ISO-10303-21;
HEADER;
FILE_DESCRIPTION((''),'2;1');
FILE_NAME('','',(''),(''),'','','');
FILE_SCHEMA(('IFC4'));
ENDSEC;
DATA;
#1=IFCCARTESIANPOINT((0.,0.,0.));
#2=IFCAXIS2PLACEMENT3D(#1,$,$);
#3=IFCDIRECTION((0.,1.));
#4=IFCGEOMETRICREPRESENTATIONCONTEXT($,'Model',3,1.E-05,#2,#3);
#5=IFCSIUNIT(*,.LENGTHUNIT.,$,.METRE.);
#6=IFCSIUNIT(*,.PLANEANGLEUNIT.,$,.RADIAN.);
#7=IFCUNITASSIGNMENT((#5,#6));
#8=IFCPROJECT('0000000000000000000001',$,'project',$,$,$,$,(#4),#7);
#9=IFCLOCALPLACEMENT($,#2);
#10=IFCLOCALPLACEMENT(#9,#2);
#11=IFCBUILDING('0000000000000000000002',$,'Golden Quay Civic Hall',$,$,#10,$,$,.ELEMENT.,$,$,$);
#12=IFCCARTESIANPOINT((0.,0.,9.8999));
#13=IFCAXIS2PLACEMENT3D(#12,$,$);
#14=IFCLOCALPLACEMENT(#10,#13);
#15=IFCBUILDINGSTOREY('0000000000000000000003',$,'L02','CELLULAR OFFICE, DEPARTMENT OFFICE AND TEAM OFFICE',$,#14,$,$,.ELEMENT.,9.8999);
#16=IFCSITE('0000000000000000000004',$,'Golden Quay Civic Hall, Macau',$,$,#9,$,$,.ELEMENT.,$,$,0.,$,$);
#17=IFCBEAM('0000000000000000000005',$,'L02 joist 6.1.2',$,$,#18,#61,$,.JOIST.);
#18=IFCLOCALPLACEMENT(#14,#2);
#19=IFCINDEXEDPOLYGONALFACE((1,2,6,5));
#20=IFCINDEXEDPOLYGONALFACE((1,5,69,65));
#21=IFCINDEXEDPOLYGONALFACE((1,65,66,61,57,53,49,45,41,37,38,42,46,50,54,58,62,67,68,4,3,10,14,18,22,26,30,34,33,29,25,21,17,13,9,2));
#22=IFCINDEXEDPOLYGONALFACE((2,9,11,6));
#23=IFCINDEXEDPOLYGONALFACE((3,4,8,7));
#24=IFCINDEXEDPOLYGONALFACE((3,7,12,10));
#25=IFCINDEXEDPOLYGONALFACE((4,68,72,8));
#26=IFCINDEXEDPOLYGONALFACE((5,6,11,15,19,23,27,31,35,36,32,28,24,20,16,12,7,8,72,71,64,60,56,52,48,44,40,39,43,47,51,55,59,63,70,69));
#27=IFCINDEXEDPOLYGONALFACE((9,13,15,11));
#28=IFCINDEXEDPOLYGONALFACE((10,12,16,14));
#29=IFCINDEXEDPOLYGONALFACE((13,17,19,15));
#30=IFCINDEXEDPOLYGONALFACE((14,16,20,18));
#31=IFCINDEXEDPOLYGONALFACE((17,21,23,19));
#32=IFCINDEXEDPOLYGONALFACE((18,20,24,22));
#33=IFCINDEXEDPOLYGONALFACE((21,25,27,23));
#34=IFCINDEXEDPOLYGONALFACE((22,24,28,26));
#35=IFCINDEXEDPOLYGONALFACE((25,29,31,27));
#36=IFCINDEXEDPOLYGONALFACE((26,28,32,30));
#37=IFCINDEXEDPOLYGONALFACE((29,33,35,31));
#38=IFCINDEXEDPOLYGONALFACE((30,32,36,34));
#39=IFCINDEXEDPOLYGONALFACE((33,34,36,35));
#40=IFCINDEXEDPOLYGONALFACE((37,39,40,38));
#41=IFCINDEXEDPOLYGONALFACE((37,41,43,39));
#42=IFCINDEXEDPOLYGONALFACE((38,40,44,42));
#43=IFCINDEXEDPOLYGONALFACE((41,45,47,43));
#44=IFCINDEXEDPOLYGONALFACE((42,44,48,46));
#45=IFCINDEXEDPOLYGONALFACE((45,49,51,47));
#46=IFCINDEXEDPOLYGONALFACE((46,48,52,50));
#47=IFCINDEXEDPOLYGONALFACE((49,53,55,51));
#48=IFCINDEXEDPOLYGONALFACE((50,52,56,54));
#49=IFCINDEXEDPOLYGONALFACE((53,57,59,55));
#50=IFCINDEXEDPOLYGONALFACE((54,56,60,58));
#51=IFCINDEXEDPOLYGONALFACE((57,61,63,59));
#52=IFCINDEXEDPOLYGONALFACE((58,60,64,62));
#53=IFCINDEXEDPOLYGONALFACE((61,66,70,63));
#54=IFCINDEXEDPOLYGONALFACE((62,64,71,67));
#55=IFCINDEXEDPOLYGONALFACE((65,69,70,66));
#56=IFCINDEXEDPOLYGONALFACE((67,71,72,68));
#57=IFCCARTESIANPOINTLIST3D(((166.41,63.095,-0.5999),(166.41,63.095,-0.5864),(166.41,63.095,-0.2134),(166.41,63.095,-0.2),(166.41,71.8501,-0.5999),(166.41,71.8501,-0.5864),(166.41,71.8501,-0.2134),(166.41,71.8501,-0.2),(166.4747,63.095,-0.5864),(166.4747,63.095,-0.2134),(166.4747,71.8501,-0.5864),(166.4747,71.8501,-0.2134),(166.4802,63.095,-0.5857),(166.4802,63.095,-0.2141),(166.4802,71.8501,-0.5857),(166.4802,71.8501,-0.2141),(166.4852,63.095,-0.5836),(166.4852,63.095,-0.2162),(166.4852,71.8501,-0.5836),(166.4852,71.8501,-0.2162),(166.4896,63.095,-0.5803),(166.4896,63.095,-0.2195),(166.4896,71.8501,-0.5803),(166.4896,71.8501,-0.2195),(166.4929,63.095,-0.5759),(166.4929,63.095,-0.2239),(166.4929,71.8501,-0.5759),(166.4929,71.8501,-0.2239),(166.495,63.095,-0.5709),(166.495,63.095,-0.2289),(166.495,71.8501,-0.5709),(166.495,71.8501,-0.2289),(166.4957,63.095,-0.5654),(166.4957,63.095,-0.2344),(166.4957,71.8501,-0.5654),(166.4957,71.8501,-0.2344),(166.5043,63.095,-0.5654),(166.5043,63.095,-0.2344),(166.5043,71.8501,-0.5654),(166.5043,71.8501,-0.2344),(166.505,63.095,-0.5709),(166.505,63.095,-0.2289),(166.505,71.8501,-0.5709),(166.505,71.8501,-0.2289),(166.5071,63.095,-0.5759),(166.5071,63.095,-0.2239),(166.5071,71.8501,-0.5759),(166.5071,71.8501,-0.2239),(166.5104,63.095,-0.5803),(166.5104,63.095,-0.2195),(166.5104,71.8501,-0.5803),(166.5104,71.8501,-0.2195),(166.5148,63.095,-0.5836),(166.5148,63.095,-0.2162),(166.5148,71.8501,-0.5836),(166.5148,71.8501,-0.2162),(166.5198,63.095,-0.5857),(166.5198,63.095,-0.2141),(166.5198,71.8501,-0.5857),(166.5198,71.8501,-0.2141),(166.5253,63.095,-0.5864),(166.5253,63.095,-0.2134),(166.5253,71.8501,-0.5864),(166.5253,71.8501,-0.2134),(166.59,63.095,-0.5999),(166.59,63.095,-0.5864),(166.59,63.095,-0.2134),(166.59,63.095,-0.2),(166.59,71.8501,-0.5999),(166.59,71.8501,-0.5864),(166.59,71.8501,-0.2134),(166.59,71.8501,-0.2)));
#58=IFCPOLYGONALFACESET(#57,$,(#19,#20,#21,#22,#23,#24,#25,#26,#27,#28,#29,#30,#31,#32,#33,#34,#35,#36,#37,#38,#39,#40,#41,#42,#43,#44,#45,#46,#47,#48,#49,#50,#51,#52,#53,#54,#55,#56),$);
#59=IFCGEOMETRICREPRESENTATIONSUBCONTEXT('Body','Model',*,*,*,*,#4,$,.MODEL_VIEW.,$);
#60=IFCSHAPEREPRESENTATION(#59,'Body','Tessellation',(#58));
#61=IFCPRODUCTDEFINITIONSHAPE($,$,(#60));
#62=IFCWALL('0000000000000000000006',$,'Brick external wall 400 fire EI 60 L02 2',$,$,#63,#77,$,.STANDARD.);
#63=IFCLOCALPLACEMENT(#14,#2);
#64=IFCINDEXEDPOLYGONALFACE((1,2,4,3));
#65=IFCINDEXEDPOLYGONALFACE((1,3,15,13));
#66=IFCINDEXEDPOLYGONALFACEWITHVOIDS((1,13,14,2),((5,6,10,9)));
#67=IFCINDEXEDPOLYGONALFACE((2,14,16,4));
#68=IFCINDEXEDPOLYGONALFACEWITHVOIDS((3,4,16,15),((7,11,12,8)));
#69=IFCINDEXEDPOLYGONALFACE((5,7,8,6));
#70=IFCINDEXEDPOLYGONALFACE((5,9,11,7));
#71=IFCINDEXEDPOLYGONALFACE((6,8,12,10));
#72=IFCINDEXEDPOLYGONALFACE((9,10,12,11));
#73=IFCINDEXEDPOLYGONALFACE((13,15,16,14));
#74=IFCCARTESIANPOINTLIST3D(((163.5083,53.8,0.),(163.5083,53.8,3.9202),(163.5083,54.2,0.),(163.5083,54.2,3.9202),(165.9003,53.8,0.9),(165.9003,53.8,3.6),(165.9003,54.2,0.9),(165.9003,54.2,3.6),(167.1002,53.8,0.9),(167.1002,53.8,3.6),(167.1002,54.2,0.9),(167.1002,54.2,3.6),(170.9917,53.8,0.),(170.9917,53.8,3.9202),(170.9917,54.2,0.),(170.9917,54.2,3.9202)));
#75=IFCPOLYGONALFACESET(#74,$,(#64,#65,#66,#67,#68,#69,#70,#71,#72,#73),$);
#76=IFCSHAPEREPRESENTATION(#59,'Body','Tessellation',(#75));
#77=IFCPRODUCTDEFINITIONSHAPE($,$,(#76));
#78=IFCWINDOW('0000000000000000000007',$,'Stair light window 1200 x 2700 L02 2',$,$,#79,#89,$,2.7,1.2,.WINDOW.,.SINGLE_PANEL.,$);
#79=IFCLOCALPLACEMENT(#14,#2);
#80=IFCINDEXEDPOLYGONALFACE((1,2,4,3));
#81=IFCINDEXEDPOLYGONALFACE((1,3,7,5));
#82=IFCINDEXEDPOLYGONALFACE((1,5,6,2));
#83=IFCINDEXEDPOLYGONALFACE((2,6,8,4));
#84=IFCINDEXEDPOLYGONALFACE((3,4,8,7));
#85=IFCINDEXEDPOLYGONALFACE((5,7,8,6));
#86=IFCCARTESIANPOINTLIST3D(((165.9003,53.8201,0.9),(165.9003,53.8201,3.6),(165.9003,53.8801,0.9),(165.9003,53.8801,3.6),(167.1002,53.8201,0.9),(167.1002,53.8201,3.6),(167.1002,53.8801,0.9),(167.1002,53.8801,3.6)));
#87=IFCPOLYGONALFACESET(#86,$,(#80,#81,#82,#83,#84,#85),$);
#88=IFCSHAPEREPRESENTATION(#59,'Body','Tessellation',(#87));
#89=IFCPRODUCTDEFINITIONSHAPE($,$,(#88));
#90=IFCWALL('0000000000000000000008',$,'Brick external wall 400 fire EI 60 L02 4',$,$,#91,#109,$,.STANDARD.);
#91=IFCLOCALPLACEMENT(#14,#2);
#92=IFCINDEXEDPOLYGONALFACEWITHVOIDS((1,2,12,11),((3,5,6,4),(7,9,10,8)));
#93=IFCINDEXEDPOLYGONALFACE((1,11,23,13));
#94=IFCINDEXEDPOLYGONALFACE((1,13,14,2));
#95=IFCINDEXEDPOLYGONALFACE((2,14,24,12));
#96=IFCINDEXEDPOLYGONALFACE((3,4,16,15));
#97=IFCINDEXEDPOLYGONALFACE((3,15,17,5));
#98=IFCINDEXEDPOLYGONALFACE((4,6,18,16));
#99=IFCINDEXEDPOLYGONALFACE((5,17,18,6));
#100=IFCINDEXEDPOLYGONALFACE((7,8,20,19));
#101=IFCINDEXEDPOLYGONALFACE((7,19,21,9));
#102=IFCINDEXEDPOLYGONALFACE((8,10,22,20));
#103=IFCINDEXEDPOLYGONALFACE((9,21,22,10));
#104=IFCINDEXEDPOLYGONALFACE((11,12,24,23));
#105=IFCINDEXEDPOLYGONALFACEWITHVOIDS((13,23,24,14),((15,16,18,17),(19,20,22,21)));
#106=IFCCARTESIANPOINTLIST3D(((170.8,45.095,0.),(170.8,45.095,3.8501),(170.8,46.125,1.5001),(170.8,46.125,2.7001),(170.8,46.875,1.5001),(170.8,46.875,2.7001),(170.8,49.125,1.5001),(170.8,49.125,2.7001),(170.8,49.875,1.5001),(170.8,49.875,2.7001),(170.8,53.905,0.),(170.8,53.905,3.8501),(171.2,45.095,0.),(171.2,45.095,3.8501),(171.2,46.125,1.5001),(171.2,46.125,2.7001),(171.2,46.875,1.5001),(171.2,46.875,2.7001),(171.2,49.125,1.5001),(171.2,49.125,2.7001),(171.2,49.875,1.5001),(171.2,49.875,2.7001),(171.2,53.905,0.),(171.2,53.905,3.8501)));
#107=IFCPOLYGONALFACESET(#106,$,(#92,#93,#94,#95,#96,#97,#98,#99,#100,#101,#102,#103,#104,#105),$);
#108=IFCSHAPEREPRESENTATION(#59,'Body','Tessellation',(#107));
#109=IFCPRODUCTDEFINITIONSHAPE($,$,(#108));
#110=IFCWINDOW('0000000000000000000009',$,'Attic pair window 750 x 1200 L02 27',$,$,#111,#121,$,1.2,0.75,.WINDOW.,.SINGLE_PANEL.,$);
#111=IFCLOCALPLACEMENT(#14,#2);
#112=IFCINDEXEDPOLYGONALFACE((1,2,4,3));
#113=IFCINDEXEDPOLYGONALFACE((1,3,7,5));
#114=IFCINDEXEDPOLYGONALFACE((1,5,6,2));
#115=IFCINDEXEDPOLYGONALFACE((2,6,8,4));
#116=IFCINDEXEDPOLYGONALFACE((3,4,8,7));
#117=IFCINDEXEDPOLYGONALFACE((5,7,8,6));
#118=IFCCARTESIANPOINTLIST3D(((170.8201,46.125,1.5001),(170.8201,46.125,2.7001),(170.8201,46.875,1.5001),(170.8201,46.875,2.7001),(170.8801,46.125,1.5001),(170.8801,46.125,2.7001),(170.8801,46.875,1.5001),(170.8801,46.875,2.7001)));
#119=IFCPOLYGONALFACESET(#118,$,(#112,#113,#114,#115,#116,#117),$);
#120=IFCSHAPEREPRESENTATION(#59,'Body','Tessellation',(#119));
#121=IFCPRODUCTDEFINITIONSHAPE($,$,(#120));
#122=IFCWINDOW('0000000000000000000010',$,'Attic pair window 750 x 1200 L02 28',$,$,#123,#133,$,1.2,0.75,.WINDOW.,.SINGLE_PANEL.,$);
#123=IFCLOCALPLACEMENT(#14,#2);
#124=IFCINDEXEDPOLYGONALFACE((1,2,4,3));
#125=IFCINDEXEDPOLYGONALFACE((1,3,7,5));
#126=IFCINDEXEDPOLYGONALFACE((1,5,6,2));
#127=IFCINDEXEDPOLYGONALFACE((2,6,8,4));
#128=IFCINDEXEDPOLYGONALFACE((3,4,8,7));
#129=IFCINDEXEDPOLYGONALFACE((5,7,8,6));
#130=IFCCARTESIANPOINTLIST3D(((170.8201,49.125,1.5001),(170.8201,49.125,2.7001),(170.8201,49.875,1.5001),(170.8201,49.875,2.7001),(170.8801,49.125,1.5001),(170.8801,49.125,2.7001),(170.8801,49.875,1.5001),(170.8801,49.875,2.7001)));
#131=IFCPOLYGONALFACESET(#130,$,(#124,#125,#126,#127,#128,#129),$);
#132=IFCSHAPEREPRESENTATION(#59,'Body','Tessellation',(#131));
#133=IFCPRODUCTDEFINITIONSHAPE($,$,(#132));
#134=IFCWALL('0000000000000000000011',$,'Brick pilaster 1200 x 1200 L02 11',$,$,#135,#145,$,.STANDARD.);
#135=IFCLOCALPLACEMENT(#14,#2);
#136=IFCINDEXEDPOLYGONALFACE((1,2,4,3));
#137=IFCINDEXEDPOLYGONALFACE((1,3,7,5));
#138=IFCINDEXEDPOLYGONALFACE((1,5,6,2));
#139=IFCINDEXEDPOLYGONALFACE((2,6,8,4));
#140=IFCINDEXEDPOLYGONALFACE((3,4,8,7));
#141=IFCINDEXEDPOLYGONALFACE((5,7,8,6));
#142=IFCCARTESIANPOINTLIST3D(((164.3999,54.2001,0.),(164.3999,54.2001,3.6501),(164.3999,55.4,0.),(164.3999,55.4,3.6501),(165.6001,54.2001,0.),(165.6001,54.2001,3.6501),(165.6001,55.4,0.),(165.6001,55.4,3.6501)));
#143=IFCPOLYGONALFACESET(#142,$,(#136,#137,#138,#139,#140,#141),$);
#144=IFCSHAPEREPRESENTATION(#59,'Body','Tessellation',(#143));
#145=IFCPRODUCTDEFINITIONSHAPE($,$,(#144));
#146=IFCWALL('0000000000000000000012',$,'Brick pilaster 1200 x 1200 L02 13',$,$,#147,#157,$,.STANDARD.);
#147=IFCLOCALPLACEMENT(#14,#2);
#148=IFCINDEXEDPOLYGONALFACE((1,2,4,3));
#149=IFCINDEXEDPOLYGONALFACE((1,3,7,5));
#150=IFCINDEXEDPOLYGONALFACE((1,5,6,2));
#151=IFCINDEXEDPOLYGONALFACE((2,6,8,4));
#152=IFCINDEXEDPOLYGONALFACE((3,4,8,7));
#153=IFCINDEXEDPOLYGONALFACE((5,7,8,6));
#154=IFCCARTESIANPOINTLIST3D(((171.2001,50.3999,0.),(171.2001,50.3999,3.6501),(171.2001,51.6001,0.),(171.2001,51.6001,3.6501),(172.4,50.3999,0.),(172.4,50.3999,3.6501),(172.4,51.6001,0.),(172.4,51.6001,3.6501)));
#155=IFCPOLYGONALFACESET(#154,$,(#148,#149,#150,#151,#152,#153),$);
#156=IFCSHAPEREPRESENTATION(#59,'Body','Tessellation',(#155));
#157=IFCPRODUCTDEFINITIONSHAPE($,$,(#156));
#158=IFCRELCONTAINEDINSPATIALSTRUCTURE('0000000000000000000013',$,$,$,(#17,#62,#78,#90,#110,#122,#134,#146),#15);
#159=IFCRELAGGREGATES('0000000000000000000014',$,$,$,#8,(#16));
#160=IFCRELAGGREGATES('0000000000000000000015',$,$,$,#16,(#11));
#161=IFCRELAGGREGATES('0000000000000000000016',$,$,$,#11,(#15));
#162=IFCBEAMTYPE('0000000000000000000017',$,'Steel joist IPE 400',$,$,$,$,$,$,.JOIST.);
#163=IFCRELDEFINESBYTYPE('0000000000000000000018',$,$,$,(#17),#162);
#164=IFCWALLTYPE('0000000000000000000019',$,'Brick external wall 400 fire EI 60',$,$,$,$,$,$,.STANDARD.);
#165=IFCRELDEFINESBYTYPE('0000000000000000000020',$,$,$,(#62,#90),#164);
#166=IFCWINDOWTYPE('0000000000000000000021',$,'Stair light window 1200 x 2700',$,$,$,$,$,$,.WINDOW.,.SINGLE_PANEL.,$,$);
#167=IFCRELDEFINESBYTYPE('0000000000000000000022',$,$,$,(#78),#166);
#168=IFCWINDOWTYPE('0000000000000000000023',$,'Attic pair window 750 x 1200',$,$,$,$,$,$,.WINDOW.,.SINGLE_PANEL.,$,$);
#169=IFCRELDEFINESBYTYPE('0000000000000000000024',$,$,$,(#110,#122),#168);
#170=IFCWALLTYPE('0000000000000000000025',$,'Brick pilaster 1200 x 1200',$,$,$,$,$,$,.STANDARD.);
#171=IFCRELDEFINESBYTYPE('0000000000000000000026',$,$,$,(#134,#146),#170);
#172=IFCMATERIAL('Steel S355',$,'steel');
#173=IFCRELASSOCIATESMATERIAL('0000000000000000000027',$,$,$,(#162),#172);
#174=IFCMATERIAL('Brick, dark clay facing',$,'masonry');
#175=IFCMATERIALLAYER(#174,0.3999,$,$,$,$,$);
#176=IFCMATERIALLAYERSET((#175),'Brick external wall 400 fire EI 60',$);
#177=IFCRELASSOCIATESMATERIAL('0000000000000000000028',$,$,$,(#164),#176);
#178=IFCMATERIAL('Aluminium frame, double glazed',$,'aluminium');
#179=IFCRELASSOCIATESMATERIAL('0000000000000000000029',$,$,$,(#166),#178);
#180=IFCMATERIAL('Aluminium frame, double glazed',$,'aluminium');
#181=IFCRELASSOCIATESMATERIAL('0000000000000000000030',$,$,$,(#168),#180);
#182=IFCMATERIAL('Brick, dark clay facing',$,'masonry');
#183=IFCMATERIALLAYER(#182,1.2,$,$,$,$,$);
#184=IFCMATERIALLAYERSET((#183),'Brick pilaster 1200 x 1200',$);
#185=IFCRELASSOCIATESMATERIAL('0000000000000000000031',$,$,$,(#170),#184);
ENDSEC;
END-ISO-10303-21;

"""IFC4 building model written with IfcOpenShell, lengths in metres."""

from ifc_helpers import new_model, si_unit, direction, frame, frame_2d, origin, origin_2d, place, context, subcontext, project, spatial, rectangle, i_section, extrude, material, layer, layer_set, material_profile, profile_set, type_object, element, fill, save


model = new_model("IFC4")

# Units and contexts
model_context = context("Model", 3, precision=1e-05, world=origin(), true_north=direction((0.0, 1.0)))
body_context = subcontext(model_context, "Body", "Model", "MODEL_VIEW")
ifc_project = project(units=[si_unit("LENGTHUNIT", "METRE"), si_unit("PLANEANGLEUNIT", "RADIAN")], contexts=[model_context])

# Site, building, storey
site_placement = place(None, origin())
site = spatial("IfcSite", under=ifc_project, at=site_placement, Name="Golden Quay Civic Hall, Macau", CompositionType="ELEMENT", RefElevation=0.0)
building_placement = place(site_placement, origin())
building = spatial("IfcBuilding", under=site, at=building_placement, Name="Golden Quay Civic Hall", CompositionType="ELEMENT")
storey_placement = place(building_placement, frame((0.0, 0.0, 9.8999)))
storey = spatial("IfcBuildingStorey", under=building, at=storey_placement, Name="L02", Description="CELLULAR OFFICE, DEPARTMENT OFFICE AND TEAM OFFICE", CompositionType="ELEMENT", Elevation=9.8999)

# Beam
ifc_material_1 = material(Name="Steel S355", Category="steel")
ifc_material_profile_1 = material_profile(ifc_material_1, i_section(OverallWidth=0.1799, OverallDepth=0.3999, WebThickness=0.0085, FlangeThickness=0.0134, FilletRadius=0.021, at=origin_2d()), Name="IPE 400")
ifc_profile_set_1 = profile_set([ifc_material_profile_1], Name="Steel S355")
beam_type_1 = type_object("IfcBeamType", Name="Steel joist IPE 400", PredefinedType="JOIST", material=ifc_profile_set_1)
for number, where, z_axis, x_axis, name in (
    (1, (166.5, 63.095, -0.3999), (0.0, 1.0, 0.0), (-1.0, 0.0, 0.0), "L02 joist 6.1.2"),
):
    element("IfcBeam", number, at=place(storey_placement, frame(where, z_axis=z_axis, x_axis=x_axis)), inside=storey, type_object=beam_type_1, Name=name, PredefinedType="JOIST", context=body_context, shape_type="SweptSolid", body=[
        extrude(i_section(OverallWidth=0.1799, OverallDepth=0.3999, WebThickness=0.0085, FlangeThickness=0.0134, FilletRadius=0.021, at=origin_2d()), origin(), (0.0, 0.0, 1.0), 8.7551),
    ])

# Wall, opening, window
ifc_material_2 = material(Name="Brick, dark clay facing", Category="masonry")
ifc_layer_1 = layer(ifc_material_2, 0.3999)
ifc_layer_set_1 = layer_set([ifc_layer_1], Name="Brick external wall 400 fire EI 60")
wall_type_1 = type_object("IfcWallType", Name="Brick external wall 400 fire EI 60", PredefinedType="STANDARD", material=ifc_layer_set_1)
wall_1_placement = place(storey_placement, frame((163.5083, 54.0, 0.0), z_axis=(0.0, 0.0, 1.0), x_axis=(1.0, 0.0, 0.0)))
wall_1 = element("IfcWall", 2, at=wall_1_placement, inside=storey, type_object=wall_type_1, Name="Brick external wall 400 fire EI 60 L02 2", PredefinedType="STANDARD", context=body_context, shape_type="SweptSolid", body=[
    extrude(rectangle(XDim=7.4834, YDim=0.3999, at=frame_2d((3.7417, 0.0))), origin(), (0.0, 0.0, 1.0), 3.9202),
])
opening_1_placement = place(wall_1_placement, frame((2.3918, 0.0, 0.8999)))
opening_1 = element("IfcOpeningElement", 3, at=opening_1_placement, cuts=wall_1, PredefinedType="OPENING", context=body_context, shape_type="SweptSolid", body=[
    extrude(rectangle(XDim=1.2, YDim=2.7, at=frame_2d((0.6001, 1.3501))), frame((0.0, 0.21, 0.0), z_axis=(0.0, -1.0, 0.0), x_axis=(1.0, 0.0, 0.0)), (0.0, 0.0, 1.0), 0.4199),
])
ifc_material_3 = material(Name="Aluminium frame, double glazed", Category="aluminium")
window_type_1 = type_object("IfcWindowType", Name="Stair light window 1200 x 2700", PartitioningType="SINGLE_PANEL", PredefinedType="WINDOW", material=ifc_material_3)
window_1_placement = place(opening_1_placement, origin())
window_1 = element("IfcWindow", 4, at=window_1_placement, inside=storey, type_object=window_type_1, Name="Stair light window 1200 x 2700 L02 2", OverallHeight=2.7, OverallWidth=1.2, PartitioningType="SINGLE_PANEL", PredefinedType="WINDOW", context=body_context, shape_type="SweptSolid", body=[
    extrude(rectangle(XDim=1.2, YDim=2.7, at=frame_2d((0.6001, 1.3501))), frame((0.0, -0.1199, 0.0), z_axis=(0.0, -1.0, 0.0), x_axis=(1.0, 0.0, 0.0)), (0.0, 0.0, 1.0), 0.0601),
])
fill(opening_1, window_1)

# Wall, openings, windows
wall_2_placement = place(storey_placement, frame((171.0, 53.905, 0.0), z_axis=(0.0, 0.0, 1.0), x_axis=(0.0, -1.0, 0.0)))
wall_2 = element("IfcWall", 5, at=wall_2_placement, inside=storey, type_object=wall_type_1, Name="Brick external wall 400 fire EI 60 L02 4", PredefinedType="STANDARD", context=body_context, shape_type="SweptSolid", body=[
    extrude(rectangle(XDim=8.8101, YDim=0.3999, at=frame_2d((4.405, 0.0))), origin(), (0.0, 0.0, 1.0), 3.8501),
])
opening_2_placement = place(wall_2_placement, frame((7.03, 0.0, 1.5)))
opening_2 = element("IfcOpeningElement", 6, at=opening_2_placement, cuts=wall_2, PredefinedType="OPENING", context=body_context, shape_type="SweptSolid", body=[
    extrude(rectangle(XDim=0.75, YDim=1.2, at=frame_2d((0.375, 0.6001))), frame((0.0, 0.21, 0.0), z_axis=(0.0, -1.0, 0.0), x_axis=(1.0, 0.0, 0.0)), (0.0, 0.0, 1.0), 0.4199),
])
opening_3_placement = place(wall_2_placement, frame((4.03, 0.0, 1.5)))
opening_3 = element("IfcOpeningElement", 7, at=opening_3_placement, cuts=wall_2, PredefinedType="OPENING", context=body_context, shape_type="SweptSolid", body=[
    extrude(rectangle(XDim=0.75, YDim=1.2, at=frame_2d((0.375, 0.6001))), frame((0.0, 0.21, 0.0), z_axis=(0.0, -1.0, 0.0), x_axis=(1.0, 0.0, 0.0)), (0.0, 0.0, 1.0), 0.4199),
])
ifc_material_4 = material(Name="Aluminium frame, double glazed", Category="aluminium")
window_type_2 = type_object("IfcWindowType", Name="Attic pair window 750 x 1200", PartitioningType="SINGLE_PANEL", PredefinedType="WINDOW", material=ifc_material_4)
window_2_placement = place(opening_2_placement, origin())
window_2 = element("IfcWindow", 8, at=window_2_placement, inside=storey, type_object=window_type_2, Name="Attic pair window 750 x 1200 L02 27", OverallHeight=1.2, OverallWidth=0.75, PartitioningType="SINGLE_PANEL", PredefinedType="WINDOW", context=body_context, shape_type="SweptSolid", body=[
    extrude(rectangle(XDim=0.75, YDim=1.2, at=frame_2d((0.375, 0.6001))), frame((0.0, -0.1199, 0.0), z_axis=(0.0, -1.0, 0.0), x_axis=(1.0, 0.0, 0.0)), (0.0, 0.0, 1.0), 0.0601),
])
fill(opening_2, window_2)
window_3_placement = place(opening_3_placement, origin())
window_3 = element("IfcWindow", 9, at=window_3_placement, inside=storey, type_object=window_type_2, Name="Attic pair window 750 x 1200 L02 28", OverallHeight=1.2, OverallWidth=0.75, PartitioningType="SINGLE_PANEL", PredefinedType="WINDOW", context=body_context, shape_type="SweptSolid", body=[
    extrude(rectangle(XDim=0.75, YDim=1.2, at=frame_2d((0.375, 0.6001))), frame((0.0, -0.1199, 0.0), z_axis=(0.0, -1.0, 0.0), x_axis=(1.0, 0.0, 0.0)), (0.0, 0.0, 1.0), 0.0601),
])
fill(opening_3, window_3)

# Walls
ifc_material_5 = material(Name="Brick, dark clay facing", Category="masonry")
ifc_layer_2 = layer(ifc_material_5, 1.2)
ifc_layer_set_2 = layer_set([ifc_layer_2], Name="Brick pilaster 1200 x 1200")
wall_type_2 = type_object("IfcWallType", Name="Brick pilaster 1200 x 1200", PredefinedType="STANDARD", material=ifc_layer_set_2)
for number, where, z_axis, x_axis, name in (
    (10, (164.3999, 54.8, 0.0), (0.0, 0.0, 1.0), (1.0, 0.0, 0.0), "Brick pilaster 1200 x 1200 L02 11"),
    (11, (171.8, 50.3999, 0.0), (0.0, 0.0, 1.0), (0.0, 1.0, 0.0), "Brick pilaster 1200 x 1200 L02 13"),
):
    element("IfcWall", number, at=place(storey_placement, frame(where, z_axis=z_axis, x_axis=x_axis)), inside=storey, type_object=wall_type_2, Name=name, PredefinedType="STANDARD", context=body_context, shape_type="SweptSolid", body=[
        extrude(rectangle(XDim=1.2002, YDim=1.2, at=frame_2d((0.6001, 0.0))), origin(), (0.0, 0.0, 1.0), 3.6501),
    ])

save(model, "model.ifc")
